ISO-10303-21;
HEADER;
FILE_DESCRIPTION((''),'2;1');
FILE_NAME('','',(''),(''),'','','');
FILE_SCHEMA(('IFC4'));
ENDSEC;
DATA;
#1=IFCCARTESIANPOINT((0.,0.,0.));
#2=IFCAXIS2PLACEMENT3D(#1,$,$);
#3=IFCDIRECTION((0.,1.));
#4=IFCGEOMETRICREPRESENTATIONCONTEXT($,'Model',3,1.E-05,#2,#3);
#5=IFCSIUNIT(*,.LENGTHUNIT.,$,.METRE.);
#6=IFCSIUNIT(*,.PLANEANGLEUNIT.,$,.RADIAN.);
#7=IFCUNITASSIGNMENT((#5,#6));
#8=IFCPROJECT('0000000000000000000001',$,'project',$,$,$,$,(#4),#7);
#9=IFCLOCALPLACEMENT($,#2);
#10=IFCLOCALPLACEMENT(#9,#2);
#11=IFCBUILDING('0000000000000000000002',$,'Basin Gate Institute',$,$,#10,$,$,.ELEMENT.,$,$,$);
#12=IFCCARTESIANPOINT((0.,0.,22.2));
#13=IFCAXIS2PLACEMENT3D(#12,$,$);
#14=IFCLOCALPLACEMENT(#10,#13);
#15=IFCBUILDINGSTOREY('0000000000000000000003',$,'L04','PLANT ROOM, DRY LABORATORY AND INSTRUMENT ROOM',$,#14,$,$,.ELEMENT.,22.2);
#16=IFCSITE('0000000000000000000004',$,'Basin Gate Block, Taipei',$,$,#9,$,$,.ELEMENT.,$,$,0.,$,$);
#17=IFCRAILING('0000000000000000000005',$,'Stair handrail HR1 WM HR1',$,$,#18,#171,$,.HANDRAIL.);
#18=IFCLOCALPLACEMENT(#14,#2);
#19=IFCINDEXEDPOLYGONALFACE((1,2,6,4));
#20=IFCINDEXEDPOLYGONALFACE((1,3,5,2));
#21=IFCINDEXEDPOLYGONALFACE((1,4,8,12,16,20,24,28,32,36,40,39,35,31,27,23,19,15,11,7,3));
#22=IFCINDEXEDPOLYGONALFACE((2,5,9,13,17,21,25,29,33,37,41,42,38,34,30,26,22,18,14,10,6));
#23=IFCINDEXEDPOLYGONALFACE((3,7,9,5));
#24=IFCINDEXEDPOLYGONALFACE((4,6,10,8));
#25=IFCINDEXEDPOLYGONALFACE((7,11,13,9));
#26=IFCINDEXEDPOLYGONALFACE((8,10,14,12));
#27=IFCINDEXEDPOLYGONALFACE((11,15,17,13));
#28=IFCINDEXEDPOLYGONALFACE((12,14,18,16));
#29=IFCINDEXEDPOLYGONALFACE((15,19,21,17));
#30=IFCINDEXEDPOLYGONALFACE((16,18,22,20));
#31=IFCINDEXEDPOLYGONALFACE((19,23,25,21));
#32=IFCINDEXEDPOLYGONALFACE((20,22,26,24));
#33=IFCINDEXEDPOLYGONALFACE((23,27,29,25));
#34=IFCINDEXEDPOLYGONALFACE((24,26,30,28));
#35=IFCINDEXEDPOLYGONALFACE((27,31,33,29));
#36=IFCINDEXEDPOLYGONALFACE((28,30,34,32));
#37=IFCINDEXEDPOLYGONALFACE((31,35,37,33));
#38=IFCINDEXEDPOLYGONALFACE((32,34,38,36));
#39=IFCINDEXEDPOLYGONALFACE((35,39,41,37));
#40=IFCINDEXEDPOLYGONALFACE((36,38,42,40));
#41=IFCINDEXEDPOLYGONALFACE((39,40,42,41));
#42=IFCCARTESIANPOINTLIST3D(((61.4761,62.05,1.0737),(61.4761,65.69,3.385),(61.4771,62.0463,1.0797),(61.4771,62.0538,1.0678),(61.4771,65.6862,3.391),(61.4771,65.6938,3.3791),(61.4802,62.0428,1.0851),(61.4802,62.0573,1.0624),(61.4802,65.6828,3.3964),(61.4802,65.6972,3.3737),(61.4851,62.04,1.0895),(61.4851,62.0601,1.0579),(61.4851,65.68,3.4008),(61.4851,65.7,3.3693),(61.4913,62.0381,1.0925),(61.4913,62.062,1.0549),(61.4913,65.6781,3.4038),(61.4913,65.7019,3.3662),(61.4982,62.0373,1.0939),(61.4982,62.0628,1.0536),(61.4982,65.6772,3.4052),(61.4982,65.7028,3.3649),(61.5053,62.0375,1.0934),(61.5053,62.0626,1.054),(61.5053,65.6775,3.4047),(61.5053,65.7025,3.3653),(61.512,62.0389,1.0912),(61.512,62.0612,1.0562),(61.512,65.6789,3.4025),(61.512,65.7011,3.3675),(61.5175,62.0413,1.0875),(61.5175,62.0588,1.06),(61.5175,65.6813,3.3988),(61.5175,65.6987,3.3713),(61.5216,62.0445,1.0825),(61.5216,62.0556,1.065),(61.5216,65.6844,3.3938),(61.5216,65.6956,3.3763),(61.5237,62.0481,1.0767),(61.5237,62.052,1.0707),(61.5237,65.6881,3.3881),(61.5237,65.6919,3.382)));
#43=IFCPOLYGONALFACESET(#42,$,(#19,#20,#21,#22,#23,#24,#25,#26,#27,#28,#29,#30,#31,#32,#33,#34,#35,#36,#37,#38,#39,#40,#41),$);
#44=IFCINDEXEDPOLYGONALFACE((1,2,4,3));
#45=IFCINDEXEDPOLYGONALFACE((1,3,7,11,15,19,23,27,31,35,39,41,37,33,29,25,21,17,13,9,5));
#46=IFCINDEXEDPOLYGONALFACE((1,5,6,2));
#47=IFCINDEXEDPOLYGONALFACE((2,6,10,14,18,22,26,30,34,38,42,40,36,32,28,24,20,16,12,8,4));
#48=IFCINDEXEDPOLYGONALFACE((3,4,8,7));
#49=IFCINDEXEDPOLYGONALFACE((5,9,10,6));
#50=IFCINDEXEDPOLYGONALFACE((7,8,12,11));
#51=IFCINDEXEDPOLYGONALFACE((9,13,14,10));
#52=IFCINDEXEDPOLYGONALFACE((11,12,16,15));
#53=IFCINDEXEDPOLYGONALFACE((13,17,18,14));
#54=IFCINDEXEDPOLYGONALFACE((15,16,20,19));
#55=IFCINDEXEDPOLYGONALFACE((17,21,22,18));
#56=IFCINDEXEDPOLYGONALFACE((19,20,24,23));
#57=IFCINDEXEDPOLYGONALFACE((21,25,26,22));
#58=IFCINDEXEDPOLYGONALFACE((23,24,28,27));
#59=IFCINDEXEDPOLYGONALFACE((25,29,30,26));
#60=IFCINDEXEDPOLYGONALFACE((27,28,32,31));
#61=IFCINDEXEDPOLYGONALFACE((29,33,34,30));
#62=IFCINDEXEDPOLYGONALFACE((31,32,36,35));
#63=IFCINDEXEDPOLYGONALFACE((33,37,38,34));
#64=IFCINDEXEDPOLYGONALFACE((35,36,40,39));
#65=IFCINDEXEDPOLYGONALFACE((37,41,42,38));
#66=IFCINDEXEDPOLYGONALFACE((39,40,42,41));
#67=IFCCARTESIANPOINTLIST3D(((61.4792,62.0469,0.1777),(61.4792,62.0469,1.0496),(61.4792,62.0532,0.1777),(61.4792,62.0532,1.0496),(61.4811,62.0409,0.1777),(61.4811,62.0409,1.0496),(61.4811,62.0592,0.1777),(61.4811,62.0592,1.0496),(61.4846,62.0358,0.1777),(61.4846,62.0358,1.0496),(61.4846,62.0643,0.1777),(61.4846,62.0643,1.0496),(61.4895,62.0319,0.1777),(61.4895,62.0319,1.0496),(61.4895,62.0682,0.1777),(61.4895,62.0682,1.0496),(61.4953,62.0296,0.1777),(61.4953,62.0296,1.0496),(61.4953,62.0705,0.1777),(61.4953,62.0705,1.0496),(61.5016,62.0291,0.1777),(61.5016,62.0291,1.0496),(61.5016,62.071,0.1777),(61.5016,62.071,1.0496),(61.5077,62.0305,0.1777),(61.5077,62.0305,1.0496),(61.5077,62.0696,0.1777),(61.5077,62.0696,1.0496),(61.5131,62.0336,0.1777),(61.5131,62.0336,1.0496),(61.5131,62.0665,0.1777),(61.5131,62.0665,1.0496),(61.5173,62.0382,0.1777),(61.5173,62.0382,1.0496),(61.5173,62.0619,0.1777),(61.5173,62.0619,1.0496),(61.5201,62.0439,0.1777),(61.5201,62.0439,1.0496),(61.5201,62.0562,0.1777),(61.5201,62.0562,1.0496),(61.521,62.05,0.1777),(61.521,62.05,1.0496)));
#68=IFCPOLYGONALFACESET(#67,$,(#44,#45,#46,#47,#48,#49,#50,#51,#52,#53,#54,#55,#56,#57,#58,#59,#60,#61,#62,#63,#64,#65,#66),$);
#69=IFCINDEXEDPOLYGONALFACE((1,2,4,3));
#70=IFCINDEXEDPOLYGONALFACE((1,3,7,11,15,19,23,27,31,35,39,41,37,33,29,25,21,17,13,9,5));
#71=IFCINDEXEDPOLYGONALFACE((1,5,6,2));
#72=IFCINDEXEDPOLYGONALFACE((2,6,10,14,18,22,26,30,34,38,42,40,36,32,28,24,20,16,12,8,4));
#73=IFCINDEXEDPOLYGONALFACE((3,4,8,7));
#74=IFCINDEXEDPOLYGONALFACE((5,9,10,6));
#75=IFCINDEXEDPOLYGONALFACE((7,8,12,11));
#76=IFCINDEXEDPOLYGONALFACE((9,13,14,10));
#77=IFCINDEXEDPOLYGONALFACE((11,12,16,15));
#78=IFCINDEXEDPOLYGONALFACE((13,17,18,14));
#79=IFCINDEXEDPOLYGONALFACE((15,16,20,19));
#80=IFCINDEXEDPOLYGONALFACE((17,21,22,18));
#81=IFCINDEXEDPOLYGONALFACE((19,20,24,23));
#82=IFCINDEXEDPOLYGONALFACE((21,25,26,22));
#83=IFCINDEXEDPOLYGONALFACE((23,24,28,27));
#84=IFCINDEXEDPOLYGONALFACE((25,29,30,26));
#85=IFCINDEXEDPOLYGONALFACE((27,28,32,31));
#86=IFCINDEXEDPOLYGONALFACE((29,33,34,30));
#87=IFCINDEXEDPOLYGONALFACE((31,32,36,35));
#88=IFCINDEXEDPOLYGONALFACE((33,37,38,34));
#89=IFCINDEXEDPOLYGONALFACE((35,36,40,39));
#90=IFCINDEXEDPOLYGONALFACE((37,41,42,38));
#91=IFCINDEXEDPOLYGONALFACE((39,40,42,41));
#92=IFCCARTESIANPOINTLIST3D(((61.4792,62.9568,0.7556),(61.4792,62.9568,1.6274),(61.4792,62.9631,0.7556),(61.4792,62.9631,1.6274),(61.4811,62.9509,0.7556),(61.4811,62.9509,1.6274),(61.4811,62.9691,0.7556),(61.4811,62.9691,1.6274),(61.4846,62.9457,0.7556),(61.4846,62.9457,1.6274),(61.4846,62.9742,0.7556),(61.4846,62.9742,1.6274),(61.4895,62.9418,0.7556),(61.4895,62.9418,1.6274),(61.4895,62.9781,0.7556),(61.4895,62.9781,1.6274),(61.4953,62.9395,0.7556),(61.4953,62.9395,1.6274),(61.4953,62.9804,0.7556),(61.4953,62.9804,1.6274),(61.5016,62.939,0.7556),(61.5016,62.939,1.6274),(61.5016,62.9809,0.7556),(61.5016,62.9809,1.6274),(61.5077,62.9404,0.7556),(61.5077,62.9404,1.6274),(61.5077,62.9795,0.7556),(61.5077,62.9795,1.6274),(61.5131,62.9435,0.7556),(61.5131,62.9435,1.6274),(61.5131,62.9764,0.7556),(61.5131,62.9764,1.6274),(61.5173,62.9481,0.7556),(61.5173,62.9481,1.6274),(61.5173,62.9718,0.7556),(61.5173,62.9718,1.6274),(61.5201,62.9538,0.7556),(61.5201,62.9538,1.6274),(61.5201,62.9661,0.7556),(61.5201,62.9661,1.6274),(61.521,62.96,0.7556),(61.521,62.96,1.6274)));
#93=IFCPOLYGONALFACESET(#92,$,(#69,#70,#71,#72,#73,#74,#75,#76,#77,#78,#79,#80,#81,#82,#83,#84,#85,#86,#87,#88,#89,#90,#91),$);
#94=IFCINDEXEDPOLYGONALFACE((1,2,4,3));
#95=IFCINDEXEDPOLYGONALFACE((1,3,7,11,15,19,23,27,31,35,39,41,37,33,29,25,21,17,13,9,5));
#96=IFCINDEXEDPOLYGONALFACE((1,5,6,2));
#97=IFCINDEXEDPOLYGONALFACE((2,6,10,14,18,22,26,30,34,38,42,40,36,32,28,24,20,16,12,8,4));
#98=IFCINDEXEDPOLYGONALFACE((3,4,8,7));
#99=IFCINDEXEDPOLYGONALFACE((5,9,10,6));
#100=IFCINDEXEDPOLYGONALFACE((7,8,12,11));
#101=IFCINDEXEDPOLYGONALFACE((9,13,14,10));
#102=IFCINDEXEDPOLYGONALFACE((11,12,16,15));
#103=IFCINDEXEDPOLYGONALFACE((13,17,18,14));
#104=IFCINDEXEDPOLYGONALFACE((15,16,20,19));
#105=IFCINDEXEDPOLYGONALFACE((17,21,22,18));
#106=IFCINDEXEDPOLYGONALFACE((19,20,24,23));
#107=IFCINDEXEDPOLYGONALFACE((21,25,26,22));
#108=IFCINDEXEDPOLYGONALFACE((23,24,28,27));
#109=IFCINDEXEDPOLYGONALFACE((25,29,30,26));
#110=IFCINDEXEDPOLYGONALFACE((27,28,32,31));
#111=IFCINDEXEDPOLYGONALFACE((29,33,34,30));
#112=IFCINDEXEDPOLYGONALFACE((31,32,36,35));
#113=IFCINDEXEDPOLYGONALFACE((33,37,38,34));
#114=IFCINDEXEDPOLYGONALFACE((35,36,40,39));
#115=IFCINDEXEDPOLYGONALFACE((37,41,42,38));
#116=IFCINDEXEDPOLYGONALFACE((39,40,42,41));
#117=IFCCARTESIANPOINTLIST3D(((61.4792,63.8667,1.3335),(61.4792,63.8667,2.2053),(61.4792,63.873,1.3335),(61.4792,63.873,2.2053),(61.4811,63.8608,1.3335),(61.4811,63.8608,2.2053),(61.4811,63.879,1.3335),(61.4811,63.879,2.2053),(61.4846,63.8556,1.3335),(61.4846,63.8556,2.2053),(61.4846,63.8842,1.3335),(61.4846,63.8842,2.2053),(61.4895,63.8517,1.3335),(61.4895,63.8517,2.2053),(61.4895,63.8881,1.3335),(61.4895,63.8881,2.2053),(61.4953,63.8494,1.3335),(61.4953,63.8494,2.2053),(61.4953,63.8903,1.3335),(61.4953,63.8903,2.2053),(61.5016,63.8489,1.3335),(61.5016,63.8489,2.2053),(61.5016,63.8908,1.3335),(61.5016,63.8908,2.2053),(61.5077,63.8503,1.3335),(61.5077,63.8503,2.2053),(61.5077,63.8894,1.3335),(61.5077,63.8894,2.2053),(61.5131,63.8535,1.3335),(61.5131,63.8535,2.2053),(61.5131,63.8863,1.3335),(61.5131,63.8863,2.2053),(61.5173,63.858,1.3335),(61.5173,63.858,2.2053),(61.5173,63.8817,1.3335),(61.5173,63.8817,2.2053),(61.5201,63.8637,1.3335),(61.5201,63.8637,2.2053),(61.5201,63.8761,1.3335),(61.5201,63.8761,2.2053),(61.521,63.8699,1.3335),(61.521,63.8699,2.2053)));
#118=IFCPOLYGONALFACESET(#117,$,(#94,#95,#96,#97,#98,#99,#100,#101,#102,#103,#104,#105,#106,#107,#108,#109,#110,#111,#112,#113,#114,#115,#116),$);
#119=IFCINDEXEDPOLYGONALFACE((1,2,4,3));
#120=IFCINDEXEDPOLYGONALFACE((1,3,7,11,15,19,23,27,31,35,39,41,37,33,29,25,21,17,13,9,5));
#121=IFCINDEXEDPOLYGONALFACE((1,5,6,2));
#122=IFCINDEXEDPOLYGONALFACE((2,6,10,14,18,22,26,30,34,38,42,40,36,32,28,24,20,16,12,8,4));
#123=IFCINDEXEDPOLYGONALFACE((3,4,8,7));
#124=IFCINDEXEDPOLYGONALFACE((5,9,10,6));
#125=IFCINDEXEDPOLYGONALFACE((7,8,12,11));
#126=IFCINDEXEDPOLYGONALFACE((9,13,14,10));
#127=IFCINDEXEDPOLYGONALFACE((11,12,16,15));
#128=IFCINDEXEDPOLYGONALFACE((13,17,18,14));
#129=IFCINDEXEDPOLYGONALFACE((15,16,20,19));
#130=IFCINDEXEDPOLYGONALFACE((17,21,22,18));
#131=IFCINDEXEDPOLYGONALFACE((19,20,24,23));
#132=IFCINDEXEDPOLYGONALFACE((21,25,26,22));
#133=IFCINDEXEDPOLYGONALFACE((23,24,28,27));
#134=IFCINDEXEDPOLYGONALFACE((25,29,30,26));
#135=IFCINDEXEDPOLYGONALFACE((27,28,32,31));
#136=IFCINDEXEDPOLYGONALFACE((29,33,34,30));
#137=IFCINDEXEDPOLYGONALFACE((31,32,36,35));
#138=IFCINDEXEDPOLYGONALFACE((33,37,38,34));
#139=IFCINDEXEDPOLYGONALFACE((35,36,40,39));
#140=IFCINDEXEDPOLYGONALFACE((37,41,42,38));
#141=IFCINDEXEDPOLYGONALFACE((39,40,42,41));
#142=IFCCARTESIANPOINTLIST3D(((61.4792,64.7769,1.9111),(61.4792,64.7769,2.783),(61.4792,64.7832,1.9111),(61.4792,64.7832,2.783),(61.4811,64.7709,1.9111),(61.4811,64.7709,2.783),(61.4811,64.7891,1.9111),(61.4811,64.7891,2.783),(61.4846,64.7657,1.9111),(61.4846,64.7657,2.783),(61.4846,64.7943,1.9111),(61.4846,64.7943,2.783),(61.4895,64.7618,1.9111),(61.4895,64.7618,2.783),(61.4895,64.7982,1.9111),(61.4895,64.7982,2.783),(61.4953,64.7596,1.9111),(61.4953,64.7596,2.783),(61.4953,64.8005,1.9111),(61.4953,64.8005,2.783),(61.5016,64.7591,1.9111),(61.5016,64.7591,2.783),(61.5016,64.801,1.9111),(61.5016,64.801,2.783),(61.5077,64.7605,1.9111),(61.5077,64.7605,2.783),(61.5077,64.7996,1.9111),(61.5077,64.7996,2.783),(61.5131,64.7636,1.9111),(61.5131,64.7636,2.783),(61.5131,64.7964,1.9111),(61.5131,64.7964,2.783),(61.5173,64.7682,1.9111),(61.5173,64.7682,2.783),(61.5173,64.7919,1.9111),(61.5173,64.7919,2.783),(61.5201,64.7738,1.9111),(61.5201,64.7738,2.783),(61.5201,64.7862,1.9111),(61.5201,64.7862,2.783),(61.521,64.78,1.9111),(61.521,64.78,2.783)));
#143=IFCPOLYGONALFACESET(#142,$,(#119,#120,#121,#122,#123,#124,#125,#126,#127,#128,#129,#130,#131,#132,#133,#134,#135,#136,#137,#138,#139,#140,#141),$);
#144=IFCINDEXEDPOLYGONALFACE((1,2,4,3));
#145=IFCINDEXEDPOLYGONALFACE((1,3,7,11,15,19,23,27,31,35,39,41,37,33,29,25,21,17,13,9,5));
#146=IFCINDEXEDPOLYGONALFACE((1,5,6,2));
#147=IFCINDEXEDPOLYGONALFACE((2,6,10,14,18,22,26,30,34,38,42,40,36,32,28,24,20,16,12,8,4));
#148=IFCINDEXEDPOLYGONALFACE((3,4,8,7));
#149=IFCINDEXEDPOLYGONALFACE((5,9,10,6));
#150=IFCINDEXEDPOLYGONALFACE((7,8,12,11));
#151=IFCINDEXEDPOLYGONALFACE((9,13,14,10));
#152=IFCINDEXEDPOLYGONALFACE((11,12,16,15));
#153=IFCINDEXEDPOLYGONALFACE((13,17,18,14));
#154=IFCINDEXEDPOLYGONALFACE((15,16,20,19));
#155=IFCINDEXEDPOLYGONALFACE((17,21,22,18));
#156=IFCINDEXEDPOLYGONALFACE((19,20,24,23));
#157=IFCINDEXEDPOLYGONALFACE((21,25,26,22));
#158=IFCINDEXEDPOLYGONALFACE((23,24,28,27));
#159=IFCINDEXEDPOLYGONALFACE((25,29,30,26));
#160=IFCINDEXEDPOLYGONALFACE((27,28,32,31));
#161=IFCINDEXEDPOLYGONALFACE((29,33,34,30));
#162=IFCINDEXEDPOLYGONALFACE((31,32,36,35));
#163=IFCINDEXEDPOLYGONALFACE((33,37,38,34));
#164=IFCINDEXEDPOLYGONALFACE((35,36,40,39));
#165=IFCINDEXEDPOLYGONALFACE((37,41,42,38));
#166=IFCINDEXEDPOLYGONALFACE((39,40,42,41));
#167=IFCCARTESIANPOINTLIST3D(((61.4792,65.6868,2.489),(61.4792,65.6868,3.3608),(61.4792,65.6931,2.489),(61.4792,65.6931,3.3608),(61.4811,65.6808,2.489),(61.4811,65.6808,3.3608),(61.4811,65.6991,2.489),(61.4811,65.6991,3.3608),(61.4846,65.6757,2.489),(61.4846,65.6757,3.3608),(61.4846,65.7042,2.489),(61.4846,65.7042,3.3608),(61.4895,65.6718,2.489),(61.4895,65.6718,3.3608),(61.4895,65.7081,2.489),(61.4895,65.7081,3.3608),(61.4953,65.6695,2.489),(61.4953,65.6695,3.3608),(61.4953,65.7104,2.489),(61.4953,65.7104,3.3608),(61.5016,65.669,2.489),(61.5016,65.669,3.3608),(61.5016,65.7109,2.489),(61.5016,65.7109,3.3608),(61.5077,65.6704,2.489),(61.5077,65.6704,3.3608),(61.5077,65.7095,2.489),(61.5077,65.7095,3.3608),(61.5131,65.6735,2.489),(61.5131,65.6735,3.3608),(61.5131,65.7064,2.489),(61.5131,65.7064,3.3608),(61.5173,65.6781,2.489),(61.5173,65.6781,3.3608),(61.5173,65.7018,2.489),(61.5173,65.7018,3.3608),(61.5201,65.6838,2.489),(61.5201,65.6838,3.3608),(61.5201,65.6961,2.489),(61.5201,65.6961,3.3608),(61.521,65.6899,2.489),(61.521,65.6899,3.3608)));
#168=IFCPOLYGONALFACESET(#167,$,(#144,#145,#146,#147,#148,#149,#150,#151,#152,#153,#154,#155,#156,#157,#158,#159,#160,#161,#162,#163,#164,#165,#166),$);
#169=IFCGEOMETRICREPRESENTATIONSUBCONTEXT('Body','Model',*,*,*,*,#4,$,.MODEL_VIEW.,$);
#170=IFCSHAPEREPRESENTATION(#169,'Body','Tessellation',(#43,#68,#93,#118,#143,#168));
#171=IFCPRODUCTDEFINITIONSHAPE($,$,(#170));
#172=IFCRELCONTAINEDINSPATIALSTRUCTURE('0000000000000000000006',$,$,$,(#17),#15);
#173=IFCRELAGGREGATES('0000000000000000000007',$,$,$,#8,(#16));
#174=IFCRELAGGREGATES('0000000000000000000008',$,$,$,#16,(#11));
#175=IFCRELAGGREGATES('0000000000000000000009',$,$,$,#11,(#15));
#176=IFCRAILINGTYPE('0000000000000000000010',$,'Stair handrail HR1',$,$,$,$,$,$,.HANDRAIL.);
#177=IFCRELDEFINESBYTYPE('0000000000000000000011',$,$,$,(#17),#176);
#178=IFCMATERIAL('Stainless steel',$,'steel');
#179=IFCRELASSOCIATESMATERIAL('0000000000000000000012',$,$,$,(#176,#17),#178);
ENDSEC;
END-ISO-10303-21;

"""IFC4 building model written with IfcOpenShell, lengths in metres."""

from ifc_helpers import new_model, si_unit, direction, frame, origin, origin_2d, place, context, subcontext, project, spatial, circle, extrude, material, type_object, element, save


model = new_model("IFC4")

# Units and contexts
model_context = context("Model", 3, precision=1e-05, world=origin(), true_north=direction((0.0, 1.0)))
body_context = subcontext(model_context, "Body", "Model", "MODEL_VIEW")
ifc_project = project(units=[si_unit("LENGTHUNIT", "METRE"), si_unit("PLANEANGLEUNIT", "RADIAN")], contexts=[model_context])

# Site, building, storey
site_placement = place(None, origin())
site = spatial("IfcSite", under=ifc_project, at=site_placement, Name="Basin Gate Block, Taipei", CompositionType="ELEMENT", RefElevation=0.0)
building_placement = place(site_placement, origin())
building = spatial("IfcBuilding", under=site, at=building_placement, Name="Basin Gate Institute", CompositionType="ELEMENT")
storey_placement = place(building_placement, frame((0.0, 0.0, 22.2)))
storey = spatial("IfcBuildingStorey", under=building, at=storey_placement, Name="L04", Description="PLANT ROOM, DRY LABORATORY AND INSTRUMENT ROOM", CompositionType="ELEMENT", Elevation=22.2)

# Railing
ifc_material_1 = material(Name="Stainless steel", Category="steel")
railing_type_1 = type_object("IfcRailingType", Name="Stair handrail HR1", PredefinedType="HANDRAIL", material=ifc_material_1)
for number, where, name in (
    (1, (61.5, 62.05, 0.1777), "Stair handrail HR1 WM HR1"),
):
    element("IfcRailing", number, at=place(storey_placement, frame(where)), inside=storey, type_object=railing_type_1, material=ifc_material_1, Name=name, PredefinedType="HANDRAIL", context=body_context, shape_type="SweptSolid", body=[
        extrude(circle(Radius=0.0239, at=origin_2d()), frame((0.0, 0.0, 0.896), z_axis=(0.0, 0.844188, 0.536047), x_axis=(-1.0, 0.0, 0.0)), (0.0, 0.0, 1.0), 4.3118),
        extrude(circle(Radius=0.021, at=origin_2d()), origin(), (0.0, 0.0, 1.0), 0.8718),
        extrude(circle(Radius=0.021, at=origin_2d()), frame((0.0, 0.9099, 0.5779)), (0.0, 0.0, 1.0), 0.8718),
        extrude(circle(Radius=0.021, at=origin_2d()), frame((0.0, 1.8198, 1.1558)), (0.0, 0.0, 1.0), 0.8718),
        extrude(circle(Radius=0.021, at=origin_2d()), frame((0.0, 2.73, 1.7334)), (0.0, 0.0, 1.0), 0.8718),
        extrude(circle(Radius=0.021, at=origin_2d()), frame((0.0, 3.6399, 2.3113)), (0.0, 0.0, 1.0), 0.8718),
    ])

save(model, "model.ifc")
